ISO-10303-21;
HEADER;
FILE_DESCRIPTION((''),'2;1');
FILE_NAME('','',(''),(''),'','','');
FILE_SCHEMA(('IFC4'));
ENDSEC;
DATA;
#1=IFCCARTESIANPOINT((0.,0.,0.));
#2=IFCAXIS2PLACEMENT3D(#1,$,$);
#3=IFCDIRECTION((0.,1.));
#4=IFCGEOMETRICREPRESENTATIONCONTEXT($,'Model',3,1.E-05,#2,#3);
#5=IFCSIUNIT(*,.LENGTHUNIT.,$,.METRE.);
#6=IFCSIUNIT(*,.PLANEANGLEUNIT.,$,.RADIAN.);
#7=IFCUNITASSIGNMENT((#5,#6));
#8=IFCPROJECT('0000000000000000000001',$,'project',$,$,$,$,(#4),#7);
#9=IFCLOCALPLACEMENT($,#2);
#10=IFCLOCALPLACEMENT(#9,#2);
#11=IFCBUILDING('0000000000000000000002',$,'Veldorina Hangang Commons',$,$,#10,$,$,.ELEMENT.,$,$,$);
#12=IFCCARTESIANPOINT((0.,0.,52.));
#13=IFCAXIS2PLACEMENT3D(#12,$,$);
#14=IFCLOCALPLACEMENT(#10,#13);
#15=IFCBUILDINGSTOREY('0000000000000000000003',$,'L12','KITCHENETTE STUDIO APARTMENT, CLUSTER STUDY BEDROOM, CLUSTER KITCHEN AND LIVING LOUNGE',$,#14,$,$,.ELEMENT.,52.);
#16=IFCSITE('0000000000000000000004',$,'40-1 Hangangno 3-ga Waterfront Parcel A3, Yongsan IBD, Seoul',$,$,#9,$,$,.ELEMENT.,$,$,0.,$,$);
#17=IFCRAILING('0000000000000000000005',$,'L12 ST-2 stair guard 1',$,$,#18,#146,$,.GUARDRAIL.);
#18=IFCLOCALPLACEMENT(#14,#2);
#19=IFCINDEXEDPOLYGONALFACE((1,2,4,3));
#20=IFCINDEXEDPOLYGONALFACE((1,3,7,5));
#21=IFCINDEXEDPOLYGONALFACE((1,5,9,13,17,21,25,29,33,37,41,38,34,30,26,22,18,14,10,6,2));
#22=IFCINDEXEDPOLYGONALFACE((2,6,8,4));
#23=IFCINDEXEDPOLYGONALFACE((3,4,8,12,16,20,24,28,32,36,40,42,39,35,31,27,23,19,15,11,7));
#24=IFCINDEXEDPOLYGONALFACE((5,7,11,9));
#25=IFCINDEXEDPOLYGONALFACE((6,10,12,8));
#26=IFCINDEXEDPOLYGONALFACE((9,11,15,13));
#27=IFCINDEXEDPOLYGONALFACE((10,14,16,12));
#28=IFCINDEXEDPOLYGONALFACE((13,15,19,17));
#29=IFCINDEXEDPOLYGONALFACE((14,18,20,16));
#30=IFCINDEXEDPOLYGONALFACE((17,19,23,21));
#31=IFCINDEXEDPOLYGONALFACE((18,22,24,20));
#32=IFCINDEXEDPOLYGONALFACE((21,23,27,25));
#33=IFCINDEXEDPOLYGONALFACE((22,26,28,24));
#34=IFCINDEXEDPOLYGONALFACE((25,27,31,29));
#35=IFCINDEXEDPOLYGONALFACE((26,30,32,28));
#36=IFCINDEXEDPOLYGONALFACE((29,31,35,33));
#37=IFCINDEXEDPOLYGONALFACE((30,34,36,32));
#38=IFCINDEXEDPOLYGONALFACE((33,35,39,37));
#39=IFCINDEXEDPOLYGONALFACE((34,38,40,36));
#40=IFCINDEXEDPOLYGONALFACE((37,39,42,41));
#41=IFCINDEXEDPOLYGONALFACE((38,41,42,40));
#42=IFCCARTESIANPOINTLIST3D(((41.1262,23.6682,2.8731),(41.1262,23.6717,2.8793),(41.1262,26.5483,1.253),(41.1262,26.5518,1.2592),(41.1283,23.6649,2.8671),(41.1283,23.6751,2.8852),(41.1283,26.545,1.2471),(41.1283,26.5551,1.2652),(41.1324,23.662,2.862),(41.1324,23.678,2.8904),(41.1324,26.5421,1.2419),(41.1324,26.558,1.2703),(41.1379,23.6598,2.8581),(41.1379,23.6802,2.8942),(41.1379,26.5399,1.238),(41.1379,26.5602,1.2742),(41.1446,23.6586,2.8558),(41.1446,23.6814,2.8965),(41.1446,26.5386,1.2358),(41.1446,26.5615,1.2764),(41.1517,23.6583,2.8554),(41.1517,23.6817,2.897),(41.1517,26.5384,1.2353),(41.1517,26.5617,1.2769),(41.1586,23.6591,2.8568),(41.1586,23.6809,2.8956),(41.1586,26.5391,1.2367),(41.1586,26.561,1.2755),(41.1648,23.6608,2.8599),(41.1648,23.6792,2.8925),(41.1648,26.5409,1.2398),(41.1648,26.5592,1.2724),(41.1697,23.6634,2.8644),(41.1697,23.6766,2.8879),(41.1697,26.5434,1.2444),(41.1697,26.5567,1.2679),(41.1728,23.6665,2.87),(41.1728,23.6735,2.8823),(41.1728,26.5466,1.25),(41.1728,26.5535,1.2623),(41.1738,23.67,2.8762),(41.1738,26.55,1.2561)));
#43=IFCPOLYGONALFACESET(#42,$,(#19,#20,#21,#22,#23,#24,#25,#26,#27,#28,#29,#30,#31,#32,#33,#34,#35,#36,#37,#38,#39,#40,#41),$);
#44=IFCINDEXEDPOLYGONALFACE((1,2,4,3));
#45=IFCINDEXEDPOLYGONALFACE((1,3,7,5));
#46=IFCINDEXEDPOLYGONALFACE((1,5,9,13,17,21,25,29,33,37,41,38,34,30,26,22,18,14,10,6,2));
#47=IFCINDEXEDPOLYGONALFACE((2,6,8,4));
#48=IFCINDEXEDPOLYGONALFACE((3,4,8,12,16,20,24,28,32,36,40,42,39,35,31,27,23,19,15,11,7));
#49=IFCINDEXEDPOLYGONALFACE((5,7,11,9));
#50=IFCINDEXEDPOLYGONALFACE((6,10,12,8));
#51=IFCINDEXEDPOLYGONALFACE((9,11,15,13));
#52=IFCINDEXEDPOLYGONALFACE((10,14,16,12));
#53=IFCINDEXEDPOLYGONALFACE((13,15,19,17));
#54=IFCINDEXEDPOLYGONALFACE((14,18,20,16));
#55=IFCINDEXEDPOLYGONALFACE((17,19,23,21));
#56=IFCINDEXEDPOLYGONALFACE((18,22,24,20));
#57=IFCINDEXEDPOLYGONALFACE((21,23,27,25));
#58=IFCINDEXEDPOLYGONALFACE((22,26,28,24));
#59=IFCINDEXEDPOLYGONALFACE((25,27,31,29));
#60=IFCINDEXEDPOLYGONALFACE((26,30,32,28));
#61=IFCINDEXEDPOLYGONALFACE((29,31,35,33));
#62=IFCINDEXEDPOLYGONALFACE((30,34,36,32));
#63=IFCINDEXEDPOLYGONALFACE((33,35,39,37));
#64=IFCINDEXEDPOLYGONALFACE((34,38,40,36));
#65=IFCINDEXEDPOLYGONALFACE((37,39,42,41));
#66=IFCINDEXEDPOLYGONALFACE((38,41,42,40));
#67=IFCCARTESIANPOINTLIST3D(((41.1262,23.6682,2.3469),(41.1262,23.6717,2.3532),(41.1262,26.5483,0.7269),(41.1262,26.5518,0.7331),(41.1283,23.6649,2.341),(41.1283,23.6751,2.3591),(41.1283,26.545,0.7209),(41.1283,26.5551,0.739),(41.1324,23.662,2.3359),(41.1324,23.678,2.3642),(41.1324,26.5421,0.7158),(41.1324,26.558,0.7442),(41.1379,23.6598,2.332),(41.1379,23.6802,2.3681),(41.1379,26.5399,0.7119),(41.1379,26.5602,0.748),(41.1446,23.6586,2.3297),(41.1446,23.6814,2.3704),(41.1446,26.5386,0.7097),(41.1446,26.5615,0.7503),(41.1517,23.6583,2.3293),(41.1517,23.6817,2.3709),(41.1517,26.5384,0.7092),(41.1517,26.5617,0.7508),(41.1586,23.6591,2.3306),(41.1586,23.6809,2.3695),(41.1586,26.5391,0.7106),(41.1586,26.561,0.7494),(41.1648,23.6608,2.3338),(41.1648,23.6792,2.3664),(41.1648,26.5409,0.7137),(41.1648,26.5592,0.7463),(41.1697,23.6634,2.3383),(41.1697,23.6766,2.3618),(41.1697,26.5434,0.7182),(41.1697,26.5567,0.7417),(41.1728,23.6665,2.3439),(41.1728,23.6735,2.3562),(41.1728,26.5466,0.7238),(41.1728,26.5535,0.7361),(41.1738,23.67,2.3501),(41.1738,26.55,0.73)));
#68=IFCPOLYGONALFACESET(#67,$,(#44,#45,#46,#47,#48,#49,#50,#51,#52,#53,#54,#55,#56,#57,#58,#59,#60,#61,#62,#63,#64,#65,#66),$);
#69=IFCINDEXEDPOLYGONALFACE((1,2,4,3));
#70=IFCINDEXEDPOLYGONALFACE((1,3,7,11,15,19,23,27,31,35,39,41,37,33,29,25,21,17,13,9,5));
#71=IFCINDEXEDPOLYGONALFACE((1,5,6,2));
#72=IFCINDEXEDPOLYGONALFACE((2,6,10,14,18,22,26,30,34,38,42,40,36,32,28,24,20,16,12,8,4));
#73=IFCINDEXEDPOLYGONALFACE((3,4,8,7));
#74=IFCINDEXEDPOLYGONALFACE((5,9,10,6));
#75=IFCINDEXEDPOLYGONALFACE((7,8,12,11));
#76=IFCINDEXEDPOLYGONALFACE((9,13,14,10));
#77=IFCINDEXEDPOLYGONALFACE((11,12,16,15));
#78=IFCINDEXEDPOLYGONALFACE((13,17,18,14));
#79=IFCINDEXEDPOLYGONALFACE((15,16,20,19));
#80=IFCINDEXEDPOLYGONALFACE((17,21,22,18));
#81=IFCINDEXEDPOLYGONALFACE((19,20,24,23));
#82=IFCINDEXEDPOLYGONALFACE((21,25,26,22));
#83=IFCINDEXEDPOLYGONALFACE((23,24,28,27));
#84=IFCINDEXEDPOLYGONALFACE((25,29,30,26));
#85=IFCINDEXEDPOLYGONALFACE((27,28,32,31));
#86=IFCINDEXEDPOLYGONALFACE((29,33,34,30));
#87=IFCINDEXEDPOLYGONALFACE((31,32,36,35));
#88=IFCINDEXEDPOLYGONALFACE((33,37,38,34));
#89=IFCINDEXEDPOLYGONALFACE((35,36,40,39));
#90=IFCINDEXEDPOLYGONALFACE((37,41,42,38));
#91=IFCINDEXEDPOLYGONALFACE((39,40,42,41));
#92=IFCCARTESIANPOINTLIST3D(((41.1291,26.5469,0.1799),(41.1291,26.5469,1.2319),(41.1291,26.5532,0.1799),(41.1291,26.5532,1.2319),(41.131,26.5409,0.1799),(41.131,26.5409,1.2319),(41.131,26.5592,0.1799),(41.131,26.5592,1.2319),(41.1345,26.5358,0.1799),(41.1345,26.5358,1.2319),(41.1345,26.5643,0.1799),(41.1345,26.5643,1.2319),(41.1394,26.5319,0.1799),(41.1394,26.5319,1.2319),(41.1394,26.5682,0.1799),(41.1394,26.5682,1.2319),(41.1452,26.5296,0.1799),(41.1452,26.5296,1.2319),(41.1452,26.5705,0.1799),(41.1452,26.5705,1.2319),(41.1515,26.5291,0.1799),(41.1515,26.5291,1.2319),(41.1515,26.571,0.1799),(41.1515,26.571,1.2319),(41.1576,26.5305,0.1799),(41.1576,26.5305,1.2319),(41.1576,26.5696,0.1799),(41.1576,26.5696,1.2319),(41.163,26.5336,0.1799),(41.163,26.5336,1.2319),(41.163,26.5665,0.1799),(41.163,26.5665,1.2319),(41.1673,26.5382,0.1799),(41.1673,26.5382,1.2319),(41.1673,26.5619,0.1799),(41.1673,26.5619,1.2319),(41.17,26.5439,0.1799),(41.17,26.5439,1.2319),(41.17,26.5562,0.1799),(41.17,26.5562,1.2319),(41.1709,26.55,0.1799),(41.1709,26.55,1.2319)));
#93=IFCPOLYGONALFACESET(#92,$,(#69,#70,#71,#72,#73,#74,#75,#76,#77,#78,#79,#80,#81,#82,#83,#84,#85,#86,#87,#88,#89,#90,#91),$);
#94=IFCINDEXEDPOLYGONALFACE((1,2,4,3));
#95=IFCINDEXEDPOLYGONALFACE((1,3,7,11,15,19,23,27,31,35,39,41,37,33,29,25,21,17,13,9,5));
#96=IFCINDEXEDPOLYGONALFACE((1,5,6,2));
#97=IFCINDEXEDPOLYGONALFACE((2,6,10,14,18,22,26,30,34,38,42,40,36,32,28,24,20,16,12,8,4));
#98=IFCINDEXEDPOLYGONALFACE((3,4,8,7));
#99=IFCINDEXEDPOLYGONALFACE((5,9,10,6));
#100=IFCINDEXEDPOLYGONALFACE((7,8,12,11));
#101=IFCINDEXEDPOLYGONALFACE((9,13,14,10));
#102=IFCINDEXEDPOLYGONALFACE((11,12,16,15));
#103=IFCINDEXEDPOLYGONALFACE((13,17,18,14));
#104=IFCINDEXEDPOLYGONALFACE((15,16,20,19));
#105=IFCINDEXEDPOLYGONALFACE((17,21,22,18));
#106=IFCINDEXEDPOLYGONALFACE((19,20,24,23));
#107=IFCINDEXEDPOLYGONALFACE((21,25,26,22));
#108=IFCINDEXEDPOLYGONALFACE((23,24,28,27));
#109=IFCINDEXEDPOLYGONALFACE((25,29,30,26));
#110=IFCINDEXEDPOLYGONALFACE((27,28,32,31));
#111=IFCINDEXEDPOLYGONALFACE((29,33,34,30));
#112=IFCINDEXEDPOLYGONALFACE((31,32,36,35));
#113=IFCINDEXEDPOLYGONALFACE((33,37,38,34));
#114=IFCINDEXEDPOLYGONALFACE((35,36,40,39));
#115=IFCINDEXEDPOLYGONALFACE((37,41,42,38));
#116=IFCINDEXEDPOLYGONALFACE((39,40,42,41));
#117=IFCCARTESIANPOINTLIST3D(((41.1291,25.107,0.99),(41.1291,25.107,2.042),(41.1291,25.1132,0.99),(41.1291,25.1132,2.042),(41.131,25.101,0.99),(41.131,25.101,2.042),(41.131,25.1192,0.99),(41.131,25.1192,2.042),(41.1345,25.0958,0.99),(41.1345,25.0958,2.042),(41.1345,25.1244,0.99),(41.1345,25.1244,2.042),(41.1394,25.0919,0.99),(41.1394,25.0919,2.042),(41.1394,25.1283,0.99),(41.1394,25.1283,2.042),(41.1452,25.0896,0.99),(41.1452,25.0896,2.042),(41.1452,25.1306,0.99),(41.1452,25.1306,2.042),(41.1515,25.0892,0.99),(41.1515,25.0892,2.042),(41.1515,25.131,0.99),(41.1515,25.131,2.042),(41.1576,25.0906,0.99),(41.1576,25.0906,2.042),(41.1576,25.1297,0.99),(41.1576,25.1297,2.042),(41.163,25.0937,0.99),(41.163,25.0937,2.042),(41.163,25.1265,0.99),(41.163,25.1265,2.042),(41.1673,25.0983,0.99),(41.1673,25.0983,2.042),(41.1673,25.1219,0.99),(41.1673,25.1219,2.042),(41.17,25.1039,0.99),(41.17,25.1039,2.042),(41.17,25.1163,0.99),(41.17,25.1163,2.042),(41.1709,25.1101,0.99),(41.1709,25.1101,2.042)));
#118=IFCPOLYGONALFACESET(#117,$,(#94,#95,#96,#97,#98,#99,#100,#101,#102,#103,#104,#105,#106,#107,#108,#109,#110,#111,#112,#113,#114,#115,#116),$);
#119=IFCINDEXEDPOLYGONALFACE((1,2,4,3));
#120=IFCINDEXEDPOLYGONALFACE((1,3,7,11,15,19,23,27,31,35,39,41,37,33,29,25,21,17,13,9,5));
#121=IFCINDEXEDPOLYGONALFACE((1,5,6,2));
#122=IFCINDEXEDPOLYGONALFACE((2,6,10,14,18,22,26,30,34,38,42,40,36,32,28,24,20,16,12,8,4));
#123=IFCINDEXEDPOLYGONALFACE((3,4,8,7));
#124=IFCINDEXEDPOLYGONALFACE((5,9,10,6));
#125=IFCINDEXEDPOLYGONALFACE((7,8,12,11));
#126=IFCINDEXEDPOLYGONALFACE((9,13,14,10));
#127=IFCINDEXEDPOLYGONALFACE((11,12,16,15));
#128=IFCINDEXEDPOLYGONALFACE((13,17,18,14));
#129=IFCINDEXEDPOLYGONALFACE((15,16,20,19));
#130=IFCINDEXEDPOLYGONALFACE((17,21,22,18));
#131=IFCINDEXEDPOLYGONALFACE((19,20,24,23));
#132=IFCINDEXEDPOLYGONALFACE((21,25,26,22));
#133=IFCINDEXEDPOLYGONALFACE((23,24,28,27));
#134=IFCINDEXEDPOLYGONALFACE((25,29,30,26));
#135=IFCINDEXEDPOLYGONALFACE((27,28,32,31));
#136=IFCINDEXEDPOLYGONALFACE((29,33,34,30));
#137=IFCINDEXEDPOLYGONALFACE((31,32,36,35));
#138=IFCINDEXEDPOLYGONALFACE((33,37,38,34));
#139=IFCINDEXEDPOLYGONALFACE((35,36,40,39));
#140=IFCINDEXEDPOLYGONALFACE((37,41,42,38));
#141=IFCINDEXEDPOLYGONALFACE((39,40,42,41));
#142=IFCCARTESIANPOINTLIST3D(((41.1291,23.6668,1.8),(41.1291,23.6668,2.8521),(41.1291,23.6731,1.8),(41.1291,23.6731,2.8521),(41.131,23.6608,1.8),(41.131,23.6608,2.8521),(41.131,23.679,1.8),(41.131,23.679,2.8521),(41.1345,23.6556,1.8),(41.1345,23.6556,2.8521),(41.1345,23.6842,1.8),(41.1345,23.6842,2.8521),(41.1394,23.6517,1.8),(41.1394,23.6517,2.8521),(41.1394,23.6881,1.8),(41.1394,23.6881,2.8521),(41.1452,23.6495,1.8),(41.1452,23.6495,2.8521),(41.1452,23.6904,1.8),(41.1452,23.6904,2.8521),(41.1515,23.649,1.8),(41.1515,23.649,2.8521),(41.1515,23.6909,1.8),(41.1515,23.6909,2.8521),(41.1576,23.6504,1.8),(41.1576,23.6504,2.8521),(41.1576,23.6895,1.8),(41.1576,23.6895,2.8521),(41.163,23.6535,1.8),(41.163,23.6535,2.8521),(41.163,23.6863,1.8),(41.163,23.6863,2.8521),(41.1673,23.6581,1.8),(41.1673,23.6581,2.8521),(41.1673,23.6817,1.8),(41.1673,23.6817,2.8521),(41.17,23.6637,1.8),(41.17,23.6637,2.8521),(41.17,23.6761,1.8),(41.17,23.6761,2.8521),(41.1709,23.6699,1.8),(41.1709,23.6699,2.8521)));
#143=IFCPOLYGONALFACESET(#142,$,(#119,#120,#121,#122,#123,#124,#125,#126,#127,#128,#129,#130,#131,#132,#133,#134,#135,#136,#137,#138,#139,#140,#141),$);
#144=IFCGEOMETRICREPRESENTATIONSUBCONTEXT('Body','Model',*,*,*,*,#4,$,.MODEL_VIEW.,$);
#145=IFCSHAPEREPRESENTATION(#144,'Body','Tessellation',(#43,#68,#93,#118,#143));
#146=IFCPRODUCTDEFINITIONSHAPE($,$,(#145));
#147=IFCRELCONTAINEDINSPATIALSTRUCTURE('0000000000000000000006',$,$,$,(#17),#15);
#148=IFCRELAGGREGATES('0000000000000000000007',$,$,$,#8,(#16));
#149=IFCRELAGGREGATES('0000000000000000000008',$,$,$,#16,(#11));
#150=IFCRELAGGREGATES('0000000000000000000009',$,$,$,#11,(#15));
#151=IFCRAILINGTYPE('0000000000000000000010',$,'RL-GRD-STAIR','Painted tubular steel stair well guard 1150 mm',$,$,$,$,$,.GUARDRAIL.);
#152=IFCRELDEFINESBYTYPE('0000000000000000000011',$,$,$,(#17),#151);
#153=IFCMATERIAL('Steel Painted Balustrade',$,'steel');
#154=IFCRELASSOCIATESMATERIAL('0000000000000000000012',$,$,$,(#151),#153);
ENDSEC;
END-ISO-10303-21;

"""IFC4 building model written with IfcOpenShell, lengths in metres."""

from ifc_helpers import new_model, si_unit, direction, frame, origin, origin_2d, place, context, subcontext, project, spatial, circle, extrude, material, type_object, element, save


model = new_model("IFC4")

# Units and contexts
model_context = context("Model", 3, precision=1e-05, world=origin(), true_north=direction((0.0, 1.0)))
body_context = subcontext(model_context, "Body", "Model", "MODEL_VIEW")
ifc_project = project(units=[si_unit("LENGTHUNIT", "METRE"), si_unit("PLANEANGLEUNIT", "RADIAN")], contexts=[model_context])

# Site, building, storey
site_placement = place(None, origin())
site = spatial("IfcSite", under=ifc_project, at=site_placement, Name="40-1 Hangangno 3-ga Waterfront Parcel A3, Yongsan IBD, Seoul", CompositionType="ELEMENT", RefElevation=0.0)
building_placement = place(site_placement, origin())
building = spatial("IfcBuilding", under=site, at=building_placement, Name="Veldorina Hangang Commons", CompositionType="ELEMENT")
storey_placement = place(building_placement, frame((0.0, 0.0, 52.0)))
storey = spatial("IfcBuildingStorey", under=building, at=storey_placement, Name="L12", Description="KITCHENETTE STUDIO APARTMENT, CLUSTER STUDY BEDROOM, CLUSTER KITCHEN AND LIVING LOUNGE", CompositionType="ELEMENT", Elevation=52.0)

# Railing
ifc_material_1 = material(Name="Steel Painted Balustrade", Category="steel")
railing_type_1 = type_object("IfcRailingType", Name="RL-GRD-STAIR", Description="Painted tubular steel stair well guard 1150 mm", PredefinedType="GUARDRAIL", material=ifc_material_1)
railing_1_placement = place(storey_placement, frame((41.1499, 26.55, 0.1799)))
element("IfcRailing", 1, at=railing_1_placement, inside=storey, type_object=railing_type_1, Name="L12 ST-2 stair guard 1", PredefinedType="GUARDRAIL", context=body_context, shape_type="SweptSolid", body=[
    extrude(circle(Radius=0.0239, at=origin_2d()), frame((0.0, 0.0, 1.0762), z_axis=(0.0, -0.87157, 0.490272), x_axis=(1.0, 0.0, 0.0)), (0.0, 0.0, 1.0), 3.3044),
    extrude(circle(Radius=0.0239, at=origin_2d()), frame((0.0, 0.0, 0.55), z_axis=(0.0, -0.87157, 0.490272), x_axis=(1.0, 0.0, 0.0)), (0.0, 0.0, 1.0), 3.3044),
    extrude(circle(Radius=0.021, at=origin_2d()), origin(), (0.0, 0.0, 1.0), 1.052),
    extrude(circle(Radius=0.021, at=origin_2d()), frame((0.0, -1.4399, 0.8101)), (0.0, 0.0, 1.0), 1.052),
    extrude(circle(Radius=0.021, at=origin_2d()), frame((0.0, -2.8801, 1.6201)), (0.0, 0.0, 1.0), 1.052),
])

save(model, "model.ifc")
